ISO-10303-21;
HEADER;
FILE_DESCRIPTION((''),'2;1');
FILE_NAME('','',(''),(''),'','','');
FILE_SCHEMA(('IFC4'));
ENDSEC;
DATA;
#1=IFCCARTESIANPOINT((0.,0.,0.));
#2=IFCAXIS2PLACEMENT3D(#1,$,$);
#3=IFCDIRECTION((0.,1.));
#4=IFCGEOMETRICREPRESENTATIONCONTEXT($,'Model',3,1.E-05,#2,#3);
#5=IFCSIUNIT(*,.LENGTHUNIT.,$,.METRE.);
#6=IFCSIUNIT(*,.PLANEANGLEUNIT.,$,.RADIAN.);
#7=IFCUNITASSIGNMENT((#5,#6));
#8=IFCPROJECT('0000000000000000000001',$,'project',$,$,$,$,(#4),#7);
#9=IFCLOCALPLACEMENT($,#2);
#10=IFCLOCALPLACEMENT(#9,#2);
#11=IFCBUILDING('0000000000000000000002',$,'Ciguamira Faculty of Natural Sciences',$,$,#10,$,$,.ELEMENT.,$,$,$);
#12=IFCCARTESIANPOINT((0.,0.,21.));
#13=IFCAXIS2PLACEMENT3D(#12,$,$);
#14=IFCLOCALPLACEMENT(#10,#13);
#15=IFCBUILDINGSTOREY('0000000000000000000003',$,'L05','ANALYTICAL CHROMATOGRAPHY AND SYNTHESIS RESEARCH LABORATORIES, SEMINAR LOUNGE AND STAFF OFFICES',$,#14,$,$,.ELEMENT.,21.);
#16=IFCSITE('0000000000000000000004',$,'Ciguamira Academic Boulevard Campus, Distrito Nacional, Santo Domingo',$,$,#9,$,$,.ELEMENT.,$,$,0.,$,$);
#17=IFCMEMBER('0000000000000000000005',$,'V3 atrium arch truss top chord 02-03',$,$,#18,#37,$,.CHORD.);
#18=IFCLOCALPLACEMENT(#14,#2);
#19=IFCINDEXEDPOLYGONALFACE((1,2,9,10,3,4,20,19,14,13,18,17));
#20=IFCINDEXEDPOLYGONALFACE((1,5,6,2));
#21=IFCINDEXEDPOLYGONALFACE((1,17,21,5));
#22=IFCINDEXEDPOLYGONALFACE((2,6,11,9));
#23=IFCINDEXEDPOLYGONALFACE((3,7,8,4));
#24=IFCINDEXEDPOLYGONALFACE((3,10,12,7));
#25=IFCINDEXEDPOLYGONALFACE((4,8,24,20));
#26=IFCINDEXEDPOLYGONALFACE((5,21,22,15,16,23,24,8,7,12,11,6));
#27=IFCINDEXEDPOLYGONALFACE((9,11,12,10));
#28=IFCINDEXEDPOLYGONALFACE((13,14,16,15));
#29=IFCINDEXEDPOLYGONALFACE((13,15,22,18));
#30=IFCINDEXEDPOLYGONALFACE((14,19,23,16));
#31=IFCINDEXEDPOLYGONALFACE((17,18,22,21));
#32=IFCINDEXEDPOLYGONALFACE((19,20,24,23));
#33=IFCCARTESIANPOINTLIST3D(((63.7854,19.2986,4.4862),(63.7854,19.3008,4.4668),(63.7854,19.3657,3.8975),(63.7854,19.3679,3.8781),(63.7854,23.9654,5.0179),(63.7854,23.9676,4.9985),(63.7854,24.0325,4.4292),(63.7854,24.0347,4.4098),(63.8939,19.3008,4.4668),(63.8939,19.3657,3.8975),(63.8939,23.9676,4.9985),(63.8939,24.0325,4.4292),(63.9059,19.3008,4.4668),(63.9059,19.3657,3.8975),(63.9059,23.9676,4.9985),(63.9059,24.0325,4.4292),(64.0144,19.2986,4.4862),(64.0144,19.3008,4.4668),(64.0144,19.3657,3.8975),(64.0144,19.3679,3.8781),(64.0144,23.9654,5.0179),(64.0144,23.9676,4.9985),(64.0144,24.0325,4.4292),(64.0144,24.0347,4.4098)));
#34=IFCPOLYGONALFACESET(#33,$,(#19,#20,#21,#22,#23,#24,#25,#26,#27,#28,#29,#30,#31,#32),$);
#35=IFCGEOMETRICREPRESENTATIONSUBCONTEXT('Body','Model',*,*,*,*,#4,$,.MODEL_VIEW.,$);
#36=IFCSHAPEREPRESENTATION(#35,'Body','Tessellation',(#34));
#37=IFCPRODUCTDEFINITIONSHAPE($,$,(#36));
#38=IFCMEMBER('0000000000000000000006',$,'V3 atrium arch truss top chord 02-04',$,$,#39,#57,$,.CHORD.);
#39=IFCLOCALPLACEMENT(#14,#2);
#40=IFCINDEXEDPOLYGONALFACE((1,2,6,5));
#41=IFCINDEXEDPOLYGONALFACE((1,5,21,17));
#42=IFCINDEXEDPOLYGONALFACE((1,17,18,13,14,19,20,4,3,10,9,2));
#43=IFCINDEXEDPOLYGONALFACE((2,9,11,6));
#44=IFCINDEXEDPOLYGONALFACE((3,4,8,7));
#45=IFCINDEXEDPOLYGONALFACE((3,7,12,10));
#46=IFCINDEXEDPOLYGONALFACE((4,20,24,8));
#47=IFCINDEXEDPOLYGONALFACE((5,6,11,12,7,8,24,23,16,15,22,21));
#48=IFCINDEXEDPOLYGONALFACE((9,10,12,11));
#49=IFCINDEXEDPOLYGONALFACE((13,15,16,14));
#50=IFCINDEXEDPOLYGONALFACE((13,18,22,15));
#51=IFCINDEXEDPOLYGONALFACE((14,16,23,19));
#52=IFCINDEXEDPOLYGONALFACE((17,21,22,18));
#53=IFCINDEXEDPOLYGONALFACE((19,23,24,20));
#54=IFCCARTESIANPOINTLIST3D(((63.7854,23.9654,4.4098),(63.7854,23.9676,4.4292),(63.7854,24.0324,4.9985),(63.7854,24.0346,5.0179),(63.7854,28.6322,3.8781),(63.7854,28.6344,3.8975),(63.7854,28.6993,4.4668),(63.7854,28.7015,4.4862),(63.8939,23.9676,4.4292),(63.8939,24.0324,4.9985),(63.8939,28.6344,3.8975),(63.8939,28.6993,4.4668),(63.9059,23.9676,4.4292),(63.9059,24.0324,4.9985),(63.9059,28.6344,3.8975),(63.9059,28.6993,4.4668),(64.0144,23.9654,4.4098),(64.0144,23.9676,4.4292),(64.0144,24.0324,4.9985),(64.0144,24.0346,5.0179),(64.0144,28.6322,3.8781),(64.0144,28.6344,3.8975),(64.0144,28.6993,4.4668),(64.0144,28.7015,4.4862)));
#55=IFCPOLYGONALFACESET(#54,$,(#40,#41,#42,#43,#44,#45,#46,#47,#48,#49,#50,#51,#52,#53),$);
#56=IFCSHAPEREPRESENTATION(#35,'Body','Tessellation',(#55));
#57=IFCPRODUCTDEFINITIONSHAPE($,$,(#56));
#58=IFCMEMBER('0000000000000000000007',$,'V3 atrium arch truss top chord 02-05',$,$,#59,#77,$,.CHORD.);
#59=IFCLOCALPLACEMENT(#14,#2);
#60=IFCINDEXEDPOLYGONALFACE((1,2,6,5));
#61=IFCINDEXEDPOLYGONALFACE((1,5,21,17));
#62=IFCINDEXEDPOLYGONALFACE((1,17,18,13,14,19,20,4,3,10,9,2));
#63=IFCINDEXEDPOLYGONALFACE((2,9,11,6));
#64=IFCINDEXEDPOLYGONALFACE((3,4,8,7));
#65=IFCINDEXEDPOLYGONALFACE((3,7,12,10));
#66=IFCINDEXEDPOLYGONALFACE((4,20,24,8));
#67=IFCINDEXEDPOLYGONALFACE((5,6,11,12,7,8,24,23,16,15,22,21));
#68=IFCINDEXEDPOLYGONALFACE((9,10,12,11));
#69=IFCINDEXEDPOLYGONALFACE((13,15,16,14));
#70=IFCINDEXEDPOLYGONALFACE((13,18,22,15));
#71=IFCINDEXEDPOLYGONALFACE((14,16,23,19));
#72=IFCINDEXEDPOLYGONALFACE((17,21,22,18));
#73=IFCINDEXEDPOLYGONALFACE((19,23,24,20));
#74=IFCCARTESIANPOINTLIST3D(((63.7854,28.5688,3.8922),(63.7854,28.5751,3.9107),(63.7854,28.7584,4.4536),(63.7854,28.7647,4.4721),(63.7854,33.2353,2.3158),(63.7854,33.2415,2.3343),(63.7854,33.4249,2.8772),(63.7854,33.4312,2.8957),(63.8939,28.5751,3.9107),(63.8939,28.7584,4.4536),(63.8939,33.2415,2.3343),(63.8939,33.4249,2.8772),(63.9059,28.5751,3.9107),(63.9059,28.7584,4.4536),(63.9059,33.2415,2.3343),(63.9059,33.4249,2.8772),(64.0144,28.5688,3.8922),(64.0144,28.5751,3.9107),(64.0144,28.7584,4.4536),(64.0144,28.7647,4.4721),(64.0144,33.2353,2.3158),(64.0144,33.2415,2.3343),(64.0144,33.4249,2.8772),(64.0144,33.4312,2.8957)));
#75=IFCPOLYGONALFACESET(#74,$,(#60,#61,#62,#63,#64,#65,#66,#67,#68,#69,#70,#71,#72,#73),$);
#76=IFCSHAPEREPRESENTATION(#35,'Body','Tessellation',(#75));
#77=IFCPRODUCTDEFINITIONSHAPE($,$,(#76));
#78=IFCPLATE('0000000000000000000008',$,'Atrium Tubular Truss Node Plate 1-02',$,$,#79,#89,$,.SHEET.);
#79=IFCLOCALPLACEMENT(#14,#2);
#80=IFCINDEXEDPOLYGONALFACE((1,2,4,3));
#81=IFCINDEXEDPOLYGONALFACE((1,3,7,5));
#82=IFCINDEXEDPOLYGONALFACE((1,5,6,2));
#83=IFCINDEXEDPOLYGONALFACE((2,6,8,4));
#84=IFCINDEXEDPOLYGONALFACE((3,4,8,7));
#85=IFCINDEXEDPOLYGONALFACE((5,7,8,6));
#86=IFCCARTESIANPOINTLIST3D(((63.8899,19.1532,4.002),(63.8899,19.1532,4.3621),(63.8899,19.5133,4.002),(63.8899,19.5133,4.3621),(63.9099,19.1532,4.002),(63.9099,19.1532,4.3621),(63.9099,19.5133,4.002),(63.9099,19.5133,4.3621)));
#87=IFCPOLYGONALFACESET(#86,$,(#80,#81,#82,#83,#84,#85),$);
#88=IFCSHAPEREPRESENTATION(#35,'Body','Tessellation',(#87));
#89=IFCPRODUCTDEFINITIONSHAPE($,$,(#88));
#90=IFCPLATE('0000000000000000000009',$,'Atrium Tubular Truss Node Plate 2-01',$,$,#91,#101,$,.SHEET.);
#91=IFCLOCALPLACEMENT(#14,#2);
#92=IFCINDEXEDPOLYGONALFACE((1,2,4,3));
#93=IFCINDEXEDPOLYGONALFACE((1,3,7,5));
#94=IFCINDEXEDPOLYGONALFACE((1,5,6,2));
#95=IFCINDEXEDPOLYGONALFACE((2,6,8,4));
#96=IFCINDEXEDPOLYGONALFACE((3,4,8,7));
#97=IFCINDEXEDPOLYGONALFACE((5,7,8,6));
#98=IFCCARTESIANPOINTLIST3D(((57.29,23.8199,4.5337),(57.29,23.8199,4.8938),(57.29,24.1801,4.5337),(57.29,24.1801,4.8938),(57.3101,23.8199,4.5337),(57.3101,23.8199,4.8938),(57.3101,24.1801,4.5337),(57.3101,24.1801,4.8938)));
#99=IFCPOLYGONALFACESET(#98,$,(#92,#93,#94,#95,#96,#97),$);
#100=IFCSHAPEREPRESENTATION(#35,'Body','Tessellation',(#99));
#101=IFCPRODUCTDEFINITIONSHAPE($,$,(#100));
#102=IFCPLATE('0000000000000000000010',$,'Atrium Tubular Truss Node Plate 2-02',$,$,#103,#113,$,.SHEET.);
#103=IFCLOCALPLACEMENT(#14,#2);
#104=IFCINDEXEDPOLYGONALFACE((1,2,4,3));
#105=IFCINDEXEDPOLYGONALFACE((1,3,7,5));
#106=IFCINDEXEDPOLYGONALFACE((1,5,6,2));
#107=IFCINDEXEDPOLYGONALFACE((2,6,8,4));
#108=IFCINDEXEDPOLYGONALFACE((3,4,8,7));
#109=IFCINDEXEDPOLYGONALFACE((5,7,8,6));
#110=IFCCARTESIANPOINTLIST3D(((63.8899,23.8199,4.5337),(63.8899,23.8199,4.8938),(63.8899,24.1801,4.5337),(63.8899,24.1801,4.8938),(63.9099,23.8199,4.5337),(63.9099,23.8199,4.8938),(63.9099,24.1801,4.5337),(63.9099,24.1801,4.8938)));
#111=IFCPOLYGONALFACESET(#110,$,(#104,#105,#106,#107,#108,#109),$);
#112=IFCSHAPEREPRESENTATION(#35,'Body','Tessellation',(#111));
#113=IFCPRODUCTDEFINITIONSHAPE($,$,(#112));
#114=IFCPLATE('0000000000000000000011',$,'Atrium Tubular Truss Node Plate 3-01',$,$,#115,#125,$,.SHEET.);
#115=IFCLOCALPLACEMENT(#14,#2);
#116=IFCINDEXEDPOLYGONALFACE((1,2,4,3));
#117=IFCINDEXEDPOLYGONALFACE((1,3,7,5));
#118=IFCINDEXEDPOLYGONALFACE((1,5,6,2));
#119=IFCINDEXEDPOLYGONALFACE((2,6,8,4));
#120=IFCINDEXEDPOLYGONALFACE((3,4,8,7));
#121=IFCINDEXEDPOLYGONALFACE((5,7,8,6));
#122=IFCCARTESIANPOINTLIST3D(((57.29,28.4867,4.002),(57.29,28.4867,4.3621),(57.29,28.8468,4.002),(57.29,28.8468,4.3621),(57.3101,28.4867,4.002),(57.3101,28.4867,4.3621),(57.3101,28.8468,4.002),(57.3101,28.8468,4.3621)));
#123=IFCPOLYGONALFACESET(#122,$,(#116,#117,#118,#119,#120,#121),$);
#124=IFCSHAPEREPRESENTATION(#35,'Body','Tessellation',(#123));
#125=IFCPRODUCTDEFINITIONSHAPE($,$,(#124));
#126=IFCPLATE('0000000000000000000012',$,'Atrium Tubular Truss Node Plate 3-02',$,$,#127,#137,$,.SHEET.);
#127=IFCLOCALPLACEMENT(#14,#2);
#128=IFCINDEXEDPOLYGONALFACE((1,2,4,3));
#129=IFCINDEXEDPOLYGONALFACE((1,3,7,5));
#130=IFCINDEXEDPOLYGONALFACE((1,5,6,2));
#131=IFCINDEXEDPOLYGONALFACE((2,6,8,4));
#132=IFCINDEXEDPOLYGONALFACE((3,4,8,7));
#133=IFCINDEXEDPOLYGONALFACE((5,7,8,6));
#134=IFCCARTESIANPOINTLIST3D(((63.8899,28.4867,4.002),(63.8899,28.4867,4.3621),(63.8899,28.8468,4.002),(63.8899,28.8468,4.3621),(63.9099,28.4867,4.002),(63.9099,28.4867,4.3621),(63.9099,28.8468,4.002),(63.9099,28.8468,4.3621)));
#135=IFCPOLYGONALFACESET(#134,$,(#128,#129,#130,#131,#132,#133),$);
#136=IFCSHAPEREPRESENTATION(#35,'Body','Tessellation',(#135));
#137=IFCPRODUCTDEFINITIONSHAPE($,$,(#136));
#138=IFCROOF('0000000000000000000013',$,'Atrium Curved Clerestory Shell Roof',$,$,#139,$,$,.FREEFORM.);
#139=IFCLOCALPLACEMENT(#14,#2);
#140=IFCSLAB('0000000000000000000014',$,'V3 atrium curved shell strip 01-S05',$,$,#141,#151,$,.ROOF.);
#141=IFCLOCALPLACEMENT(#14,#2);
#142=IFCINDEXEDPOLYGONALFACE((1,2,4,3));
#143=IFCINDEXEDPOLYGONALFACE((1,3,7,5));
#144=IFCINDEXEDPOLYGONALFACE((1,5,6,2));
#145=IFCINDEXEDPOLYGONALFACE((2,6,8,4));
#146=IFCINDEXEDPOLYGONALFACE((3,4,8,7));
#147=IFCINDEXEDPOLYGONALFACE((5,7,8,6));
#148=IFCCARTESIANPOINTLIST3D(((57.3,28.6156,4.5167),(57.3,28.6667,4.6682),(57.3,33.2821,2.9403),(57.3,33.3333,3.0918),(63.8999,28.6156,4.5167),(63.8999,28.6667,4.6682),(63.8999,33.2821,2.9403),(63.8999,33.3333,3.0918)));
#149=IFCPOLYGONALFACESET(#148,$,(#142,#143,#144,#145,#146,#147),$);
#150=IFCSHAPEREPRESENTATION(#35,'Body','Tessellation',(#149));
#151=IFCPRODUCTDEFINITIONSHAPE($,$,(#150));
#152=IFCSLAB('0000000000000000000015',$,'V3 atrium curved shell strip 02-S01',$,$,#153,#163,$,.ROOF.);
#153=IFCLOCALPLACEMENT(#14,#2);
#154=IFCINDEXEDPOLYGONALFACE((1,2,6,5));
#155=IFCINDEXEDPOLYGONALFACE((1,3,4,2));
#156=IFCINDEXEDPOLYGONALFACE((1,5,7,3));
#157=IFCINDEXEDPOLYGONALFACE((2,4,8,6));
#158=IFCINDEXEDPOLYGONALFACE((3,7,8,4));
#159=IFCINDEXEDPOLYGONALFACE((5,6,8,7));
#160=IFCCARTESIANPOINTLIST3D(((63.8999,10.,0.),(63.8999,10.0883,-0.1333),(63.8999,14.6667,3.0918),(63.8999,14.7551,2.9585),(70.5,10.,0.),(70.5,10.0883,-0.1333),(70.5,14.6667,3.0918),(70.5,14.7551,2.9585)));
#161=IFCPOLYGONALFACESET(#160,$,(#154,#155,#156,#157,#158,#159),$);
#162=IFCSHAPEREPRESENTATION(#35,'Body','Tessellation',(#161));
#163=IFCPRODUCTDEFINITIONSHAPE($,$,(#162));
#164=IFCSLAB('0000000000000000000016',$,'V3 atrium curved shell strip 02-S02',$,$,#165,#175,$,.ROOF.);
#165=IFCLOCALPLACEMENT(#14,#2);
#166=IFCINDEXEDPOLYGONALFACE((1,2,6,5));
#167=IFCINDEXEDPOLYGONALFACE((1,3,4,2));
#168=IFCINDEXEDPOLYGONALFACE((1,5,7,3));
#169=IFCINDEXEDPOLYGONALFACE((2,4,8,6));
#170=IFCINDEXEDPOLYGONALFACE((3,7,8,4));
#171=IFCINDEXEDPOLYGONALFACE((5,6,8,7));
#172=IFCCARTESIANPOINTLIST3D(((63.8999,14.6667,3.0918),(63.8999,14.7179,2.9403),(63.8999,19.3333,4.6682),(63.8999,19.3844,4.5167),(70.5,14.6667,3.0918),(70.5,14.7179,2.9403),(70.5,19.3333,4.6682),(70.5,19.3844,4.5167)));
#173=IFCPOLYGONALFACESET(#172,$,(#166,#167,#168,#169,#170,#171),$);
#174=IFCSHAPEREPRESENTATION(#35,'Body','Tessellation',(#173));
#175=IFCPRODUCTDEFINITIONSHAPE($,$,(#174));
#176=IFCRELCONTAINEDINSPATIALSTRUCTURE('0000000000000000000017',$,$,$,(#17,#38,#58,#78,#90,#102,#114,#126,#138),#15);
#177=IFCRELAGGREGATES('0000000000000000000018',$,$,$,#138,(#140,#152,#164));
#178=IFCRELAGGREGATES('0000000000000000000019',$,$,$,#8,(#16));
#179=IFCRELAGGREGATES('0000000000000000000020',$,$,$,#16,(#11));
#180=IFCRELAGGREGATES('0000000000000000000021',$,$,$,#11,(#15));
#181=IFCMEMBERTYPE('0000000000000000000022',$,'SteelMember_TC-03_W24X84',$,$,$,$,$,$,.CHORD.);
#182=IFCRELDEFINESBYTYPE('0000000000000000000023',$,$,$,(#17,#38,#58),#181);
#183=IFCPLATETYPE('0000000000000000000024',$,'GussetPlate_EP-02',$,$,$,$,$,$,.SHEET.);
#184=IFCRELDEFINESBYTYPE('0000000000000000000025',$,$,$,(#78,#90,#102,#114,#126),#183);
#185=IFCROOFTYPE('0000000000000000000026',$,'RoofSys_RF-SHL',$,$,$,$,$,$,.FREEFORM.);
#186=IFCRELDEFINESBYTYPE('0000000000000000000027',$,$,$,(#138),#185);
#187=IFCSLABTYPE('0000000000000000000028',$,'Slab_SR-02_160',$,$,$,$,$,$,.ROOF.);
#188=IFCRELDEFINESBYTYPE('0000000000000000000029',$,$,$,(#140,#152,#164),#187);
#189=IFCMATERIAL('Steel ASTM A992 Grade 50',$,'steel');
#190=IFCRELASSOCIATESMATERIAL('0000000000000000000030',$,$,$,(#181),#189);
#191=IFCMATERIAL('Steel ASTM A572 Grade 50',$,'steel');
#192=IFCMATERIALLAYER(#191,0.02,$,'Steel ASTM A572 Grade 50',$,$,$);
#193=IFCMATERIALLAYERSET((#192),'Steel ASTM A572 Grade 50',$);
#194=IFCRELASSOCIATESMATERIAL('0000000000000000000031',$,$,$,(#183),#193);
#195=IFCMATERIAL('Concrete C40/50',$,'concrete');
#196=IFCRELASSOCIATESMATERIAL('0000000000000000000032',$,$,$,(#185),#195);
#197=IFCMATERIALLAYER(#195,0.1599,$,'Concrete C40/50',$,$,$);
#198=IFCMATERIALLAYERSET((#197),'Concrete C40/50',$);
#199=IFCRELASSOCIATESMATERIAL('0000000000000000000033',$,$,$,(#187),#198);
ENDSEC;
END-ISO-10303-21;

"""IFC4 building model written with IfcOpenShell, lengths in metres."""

from ifc_helpers import new_model, si_unit, direction, frame, origin, origin_2d, place, context, subcontext, project, spatial, polyline, rectangle, i_section, outline, extrude, material, layer, layer_set, material_profile, profile_set, type_object, element, aggregate, save


model = new_model("IFC4")

# Units and contexts
model_context = context("Model", 3, precision=1e-05, world=origin(), true_north=direction((0.0, 1.0)))
body_context = subcontext(model_context, "Body", "Model", "MODEL_VIEW")
ifc_project = project(units=[si_unit("LENGTHUNIT", "METRE"), si_unit("PLANEANGLEUNIT", "RADIAN")], contexts=[model_context])

# Site, building, storey
site_placement = place(None, origin())
site = spatial("IfcSite", under=ifc_project, at=site_placement, Name="Ciguamira Academic Boulevard Campus, Distrito Nacional, Santo Domingo", CompositionType="ELEMENT", RefElevation=0.0)
building_placement = place(site_placement, origin())
building = spatial("IfcBuilding", under=site, at=building_placement, Name="Ciguamira Faculty of Natural Sciences", CompositionType="ELEMENT")
storey_placement = place(building_placement, frame((0.0, 0.0, 21.0)))
storey = spatial("IfcBuildingStorey", under=building, at=storey_placement, Name="L05", Description="ANALYTICAL CHROMATOGRAPHY AND SYNTHESIS RESEARCH LABORATORIES, SEMINAR LOUNGE AND STAFF OFFICES", CompositionType="ELEMENT", Elevation=21.0)

# Shared definitions
ifc_material_1 = material(Name="Concrete C40/50", Category="concrete")
ifc_material_2 = material(Name="Steel ASTM A992 Grade 50", Category="steel")

# Members
ifc_material_profile_1 = material_profile(ifc_material_2, i_section(OverallWidth=0.229, OverallDepth=0.6121, WebThickness=0.012, FlangeThickness=0.0195, at=origin_2d()), Name="W24X84")
ifc_profile_set_1 = profile_set([ifc_material_profile_1], Name="Steel ASTM A992 Grade 50")
member_type_1 = type_object("IfcMemberType", Name="SteelMember_TC-03_W24X84", PredefinedType="CHORD", material=ifc_profile_set_1)
for number, where, z_axis, x_axis, name in (
    (1, (63.8999, 19.3333, 4.1821), (0.0, 0.993571, 0.113209), (-1.0, 0.0, 0.0), "V3 atrium arch truss top chord 02-03"),
    (2, (63.8999, 24.0, 4.7139), (0.0, 0.993571, -0.113209), (-1.0, 0.0, 0.0), "V3 atrium arch truss top chord 02-04"),
):
    element("IfcMember", number, at=place(storey_placement, frame(where, z_axis=z_axis, x_axis=x_axis)), inside=storey, type_object=member_type_1, Name=name, PredefinedType="CHORD", context=body_context, shape_type="SweptSolid", body=[
        extrude(i_section(OverallWidth=0.229, OverallDepth=0.6121, WebThickness=0.012, FlangeThickness=0.0195, at=origin_2d()), origin(), (0.0, 0.0, 1.0), 4.697),
    ])
member_1_placement = place(storey_placement, frame((63.8999, 28.6667, 4.1821), z_axis=(0.0, 0.947402, -0.320047), x_axis=(-1.0, 0.0, 0.0)))
element("IfcMember", 3, at=member_1_placement, inside=storey, type_object=member_type_1, Name="V3 atrium arch truss top chord 02-05", PredefinedType="CHORD", context=body_context, shape_type="SweptSolid", body=[
    extrude(i_section(OverallWidth=0.229, OverallDepth=0.6121, WebThickness=0.012, FlangeThickness=0.0195, at=origin_2d()), origin(), (0.0, 0.0, 1.0), 4.9255),
])

# Plates
ifc_material_3 = material(Name="Steel ASTM A572 Grade 50", Category="steel")
ifc_layer_1 = layer(ifc_material_3, 0.02, Name="Steel ASTM A572 Grade 50")
ifc_layer_set_1 = layer_set([ifc_layer_1], Name="Steel ASTM A572 Grade 50")
plate_type = type_object("IfcPlateType", Name="GussetPlate_EP-02", PredefinedType="SHEET", material=ifc_layer_set_1)
for number, where, z_axis, x_axis, name in (
    (4, (63.8999, 19.3333, 4.002), (0.0, 0.0, 1.0), (1.0, 0.0, 0.0), "Atrium Tubular Truss Node Plate 1-02"),
    (5, (57.3, 24.0, 4.5337), (0.0, 0.0, 1.0), (1.0, 0.0, 0.0), "Atrium Tubular Truss Node Plate 2-01"),
    (6, (63.8999, 24.0, 4.5337), (0.0, 0.0, 1.0), (1.0, 0.0, 0.0), "Atrium Tubular Truss Node Plate 2-02"),
    (7, (57.3, 28.6667, 4.002), (0.0, 0.0, 1.0), (1.0, 0.0, 0.0), "Atrium Tubular Truss Node Plate 3-01"),
    (8, (63.8999, 28.6667, 4.002), (0.0, 0.0, 1.0), (1.0, 0.0, 0.0), "Atrium Tubular Truss Node Plate 3-02"),
):
    element("IfcPlate", number, at=place(storey_placement, frame(where, z_axis=z_axis, x_axis=x_axis)), inside=storey, type_object=plate_type, Name=name, PredefinedType="SHEET", context=body_context, shape_type="SweptSolid", body=[
        extrude(rectangle(XDim=0.02, YDim=0.3601, at=origin_2d()), origin(), (0.0, 0.0, 1.0), 0.3601),
    ])

# Roof, slabs
roof_type = type_object("IfcRoofType", Name="RoofSys_RF-SHL", PredefinedType="FREEFORM", material=ifc_material_1)
roof_placement = place(storey_placement, origin())
roof = element("IfcRoof", 9, at=roof_placement, inside=storey, type_object=roof_type, Name="Atrium Curved Clerestory Shell Roof", PredefinedType="FREEFORM")
ifc_layer_2 = layer(ifc_material_1, 0.1599, Name="Concrete C40/50")
ifc_layer_set_2 = layer_set([ifc_layer_2], Name="Concrete C40/50")
slab_type = type_object("IfcSlabType", Name="Slab_SR-02_160", PredefinedType="ROOF", material=ifc_layer_set_2)
slab_1_placement = place(storey_placement, frame((57.3, 28.6667, 4.6682), z_axis=(0.0, 0.320047, 0.947402), x_axis=(1.0, 0.0, 0.0)))
slab_1 = element("IfcSlab", 10, at=slab_1_placement, type_object=slab_type, Name="V3 atrium curved shell strip 01-S05", PredefinedType="ROOF", context=body_context, shape_type="SweptSolid", body=[
    extrude(outline(polyline([(0.0, 0.0), (6.5999, 0.0), (6.5999, 4.9256), (0.0, 4.9256), (0.0, 0.0)])), origin(), (0.0, 0.0, -1.0), 0.1599),
])
slab_2_placement = place(storey_placement, frame((63.8999, 10.0, 0.0), z_axis=(0.0, -0.552303, 0.833644), x_axis=(1.0, 0.0, 0.0)))
slab_2 = element("IfcSlab", 11, at=slab_2_placement, type_object=slab_type, Name="V3 atrium curved shell strip 02-S01", PredefinedType="ROOF", context=body_context, shape_type="SweptSolid", body=[
    extrude(outline(polyline([(0.0, 0.0), (6.6001, 0.0), (6.6001, 5.598), (0.0, 5.598), (0.0, 0.0)])), origin(), (0.0, 0.0, -1.0), 0.1599),
])
slab_3_placement = place(storey_placement, frame((63.8999, 14.6667, 3.0918), z_axis=(0.0, -0.320047, 0.947402), x_axis=(1.0, 0.0, 0.0)))
slab_3 = element("IfcSlab", 12, at=slab_3_placement, type_object=slab_type, Name="V3 atrium curved shell strip 02-S02", PredefinedType="ROOF", context=body_context, shape_type="SweptSolid", body=[
    extrude(outline(polyline([(0.0, 0.0), (6.6001, 0.0), (6.6001, 4.9256), (0.0, 4.9256), (0.0, 0.0)])), origin(), (0.0, 0.0, -1.0), 0.1599),
])
aggregate(roof, [slab_1, slab_2, slab_3])

save(model, "model.ifc")
